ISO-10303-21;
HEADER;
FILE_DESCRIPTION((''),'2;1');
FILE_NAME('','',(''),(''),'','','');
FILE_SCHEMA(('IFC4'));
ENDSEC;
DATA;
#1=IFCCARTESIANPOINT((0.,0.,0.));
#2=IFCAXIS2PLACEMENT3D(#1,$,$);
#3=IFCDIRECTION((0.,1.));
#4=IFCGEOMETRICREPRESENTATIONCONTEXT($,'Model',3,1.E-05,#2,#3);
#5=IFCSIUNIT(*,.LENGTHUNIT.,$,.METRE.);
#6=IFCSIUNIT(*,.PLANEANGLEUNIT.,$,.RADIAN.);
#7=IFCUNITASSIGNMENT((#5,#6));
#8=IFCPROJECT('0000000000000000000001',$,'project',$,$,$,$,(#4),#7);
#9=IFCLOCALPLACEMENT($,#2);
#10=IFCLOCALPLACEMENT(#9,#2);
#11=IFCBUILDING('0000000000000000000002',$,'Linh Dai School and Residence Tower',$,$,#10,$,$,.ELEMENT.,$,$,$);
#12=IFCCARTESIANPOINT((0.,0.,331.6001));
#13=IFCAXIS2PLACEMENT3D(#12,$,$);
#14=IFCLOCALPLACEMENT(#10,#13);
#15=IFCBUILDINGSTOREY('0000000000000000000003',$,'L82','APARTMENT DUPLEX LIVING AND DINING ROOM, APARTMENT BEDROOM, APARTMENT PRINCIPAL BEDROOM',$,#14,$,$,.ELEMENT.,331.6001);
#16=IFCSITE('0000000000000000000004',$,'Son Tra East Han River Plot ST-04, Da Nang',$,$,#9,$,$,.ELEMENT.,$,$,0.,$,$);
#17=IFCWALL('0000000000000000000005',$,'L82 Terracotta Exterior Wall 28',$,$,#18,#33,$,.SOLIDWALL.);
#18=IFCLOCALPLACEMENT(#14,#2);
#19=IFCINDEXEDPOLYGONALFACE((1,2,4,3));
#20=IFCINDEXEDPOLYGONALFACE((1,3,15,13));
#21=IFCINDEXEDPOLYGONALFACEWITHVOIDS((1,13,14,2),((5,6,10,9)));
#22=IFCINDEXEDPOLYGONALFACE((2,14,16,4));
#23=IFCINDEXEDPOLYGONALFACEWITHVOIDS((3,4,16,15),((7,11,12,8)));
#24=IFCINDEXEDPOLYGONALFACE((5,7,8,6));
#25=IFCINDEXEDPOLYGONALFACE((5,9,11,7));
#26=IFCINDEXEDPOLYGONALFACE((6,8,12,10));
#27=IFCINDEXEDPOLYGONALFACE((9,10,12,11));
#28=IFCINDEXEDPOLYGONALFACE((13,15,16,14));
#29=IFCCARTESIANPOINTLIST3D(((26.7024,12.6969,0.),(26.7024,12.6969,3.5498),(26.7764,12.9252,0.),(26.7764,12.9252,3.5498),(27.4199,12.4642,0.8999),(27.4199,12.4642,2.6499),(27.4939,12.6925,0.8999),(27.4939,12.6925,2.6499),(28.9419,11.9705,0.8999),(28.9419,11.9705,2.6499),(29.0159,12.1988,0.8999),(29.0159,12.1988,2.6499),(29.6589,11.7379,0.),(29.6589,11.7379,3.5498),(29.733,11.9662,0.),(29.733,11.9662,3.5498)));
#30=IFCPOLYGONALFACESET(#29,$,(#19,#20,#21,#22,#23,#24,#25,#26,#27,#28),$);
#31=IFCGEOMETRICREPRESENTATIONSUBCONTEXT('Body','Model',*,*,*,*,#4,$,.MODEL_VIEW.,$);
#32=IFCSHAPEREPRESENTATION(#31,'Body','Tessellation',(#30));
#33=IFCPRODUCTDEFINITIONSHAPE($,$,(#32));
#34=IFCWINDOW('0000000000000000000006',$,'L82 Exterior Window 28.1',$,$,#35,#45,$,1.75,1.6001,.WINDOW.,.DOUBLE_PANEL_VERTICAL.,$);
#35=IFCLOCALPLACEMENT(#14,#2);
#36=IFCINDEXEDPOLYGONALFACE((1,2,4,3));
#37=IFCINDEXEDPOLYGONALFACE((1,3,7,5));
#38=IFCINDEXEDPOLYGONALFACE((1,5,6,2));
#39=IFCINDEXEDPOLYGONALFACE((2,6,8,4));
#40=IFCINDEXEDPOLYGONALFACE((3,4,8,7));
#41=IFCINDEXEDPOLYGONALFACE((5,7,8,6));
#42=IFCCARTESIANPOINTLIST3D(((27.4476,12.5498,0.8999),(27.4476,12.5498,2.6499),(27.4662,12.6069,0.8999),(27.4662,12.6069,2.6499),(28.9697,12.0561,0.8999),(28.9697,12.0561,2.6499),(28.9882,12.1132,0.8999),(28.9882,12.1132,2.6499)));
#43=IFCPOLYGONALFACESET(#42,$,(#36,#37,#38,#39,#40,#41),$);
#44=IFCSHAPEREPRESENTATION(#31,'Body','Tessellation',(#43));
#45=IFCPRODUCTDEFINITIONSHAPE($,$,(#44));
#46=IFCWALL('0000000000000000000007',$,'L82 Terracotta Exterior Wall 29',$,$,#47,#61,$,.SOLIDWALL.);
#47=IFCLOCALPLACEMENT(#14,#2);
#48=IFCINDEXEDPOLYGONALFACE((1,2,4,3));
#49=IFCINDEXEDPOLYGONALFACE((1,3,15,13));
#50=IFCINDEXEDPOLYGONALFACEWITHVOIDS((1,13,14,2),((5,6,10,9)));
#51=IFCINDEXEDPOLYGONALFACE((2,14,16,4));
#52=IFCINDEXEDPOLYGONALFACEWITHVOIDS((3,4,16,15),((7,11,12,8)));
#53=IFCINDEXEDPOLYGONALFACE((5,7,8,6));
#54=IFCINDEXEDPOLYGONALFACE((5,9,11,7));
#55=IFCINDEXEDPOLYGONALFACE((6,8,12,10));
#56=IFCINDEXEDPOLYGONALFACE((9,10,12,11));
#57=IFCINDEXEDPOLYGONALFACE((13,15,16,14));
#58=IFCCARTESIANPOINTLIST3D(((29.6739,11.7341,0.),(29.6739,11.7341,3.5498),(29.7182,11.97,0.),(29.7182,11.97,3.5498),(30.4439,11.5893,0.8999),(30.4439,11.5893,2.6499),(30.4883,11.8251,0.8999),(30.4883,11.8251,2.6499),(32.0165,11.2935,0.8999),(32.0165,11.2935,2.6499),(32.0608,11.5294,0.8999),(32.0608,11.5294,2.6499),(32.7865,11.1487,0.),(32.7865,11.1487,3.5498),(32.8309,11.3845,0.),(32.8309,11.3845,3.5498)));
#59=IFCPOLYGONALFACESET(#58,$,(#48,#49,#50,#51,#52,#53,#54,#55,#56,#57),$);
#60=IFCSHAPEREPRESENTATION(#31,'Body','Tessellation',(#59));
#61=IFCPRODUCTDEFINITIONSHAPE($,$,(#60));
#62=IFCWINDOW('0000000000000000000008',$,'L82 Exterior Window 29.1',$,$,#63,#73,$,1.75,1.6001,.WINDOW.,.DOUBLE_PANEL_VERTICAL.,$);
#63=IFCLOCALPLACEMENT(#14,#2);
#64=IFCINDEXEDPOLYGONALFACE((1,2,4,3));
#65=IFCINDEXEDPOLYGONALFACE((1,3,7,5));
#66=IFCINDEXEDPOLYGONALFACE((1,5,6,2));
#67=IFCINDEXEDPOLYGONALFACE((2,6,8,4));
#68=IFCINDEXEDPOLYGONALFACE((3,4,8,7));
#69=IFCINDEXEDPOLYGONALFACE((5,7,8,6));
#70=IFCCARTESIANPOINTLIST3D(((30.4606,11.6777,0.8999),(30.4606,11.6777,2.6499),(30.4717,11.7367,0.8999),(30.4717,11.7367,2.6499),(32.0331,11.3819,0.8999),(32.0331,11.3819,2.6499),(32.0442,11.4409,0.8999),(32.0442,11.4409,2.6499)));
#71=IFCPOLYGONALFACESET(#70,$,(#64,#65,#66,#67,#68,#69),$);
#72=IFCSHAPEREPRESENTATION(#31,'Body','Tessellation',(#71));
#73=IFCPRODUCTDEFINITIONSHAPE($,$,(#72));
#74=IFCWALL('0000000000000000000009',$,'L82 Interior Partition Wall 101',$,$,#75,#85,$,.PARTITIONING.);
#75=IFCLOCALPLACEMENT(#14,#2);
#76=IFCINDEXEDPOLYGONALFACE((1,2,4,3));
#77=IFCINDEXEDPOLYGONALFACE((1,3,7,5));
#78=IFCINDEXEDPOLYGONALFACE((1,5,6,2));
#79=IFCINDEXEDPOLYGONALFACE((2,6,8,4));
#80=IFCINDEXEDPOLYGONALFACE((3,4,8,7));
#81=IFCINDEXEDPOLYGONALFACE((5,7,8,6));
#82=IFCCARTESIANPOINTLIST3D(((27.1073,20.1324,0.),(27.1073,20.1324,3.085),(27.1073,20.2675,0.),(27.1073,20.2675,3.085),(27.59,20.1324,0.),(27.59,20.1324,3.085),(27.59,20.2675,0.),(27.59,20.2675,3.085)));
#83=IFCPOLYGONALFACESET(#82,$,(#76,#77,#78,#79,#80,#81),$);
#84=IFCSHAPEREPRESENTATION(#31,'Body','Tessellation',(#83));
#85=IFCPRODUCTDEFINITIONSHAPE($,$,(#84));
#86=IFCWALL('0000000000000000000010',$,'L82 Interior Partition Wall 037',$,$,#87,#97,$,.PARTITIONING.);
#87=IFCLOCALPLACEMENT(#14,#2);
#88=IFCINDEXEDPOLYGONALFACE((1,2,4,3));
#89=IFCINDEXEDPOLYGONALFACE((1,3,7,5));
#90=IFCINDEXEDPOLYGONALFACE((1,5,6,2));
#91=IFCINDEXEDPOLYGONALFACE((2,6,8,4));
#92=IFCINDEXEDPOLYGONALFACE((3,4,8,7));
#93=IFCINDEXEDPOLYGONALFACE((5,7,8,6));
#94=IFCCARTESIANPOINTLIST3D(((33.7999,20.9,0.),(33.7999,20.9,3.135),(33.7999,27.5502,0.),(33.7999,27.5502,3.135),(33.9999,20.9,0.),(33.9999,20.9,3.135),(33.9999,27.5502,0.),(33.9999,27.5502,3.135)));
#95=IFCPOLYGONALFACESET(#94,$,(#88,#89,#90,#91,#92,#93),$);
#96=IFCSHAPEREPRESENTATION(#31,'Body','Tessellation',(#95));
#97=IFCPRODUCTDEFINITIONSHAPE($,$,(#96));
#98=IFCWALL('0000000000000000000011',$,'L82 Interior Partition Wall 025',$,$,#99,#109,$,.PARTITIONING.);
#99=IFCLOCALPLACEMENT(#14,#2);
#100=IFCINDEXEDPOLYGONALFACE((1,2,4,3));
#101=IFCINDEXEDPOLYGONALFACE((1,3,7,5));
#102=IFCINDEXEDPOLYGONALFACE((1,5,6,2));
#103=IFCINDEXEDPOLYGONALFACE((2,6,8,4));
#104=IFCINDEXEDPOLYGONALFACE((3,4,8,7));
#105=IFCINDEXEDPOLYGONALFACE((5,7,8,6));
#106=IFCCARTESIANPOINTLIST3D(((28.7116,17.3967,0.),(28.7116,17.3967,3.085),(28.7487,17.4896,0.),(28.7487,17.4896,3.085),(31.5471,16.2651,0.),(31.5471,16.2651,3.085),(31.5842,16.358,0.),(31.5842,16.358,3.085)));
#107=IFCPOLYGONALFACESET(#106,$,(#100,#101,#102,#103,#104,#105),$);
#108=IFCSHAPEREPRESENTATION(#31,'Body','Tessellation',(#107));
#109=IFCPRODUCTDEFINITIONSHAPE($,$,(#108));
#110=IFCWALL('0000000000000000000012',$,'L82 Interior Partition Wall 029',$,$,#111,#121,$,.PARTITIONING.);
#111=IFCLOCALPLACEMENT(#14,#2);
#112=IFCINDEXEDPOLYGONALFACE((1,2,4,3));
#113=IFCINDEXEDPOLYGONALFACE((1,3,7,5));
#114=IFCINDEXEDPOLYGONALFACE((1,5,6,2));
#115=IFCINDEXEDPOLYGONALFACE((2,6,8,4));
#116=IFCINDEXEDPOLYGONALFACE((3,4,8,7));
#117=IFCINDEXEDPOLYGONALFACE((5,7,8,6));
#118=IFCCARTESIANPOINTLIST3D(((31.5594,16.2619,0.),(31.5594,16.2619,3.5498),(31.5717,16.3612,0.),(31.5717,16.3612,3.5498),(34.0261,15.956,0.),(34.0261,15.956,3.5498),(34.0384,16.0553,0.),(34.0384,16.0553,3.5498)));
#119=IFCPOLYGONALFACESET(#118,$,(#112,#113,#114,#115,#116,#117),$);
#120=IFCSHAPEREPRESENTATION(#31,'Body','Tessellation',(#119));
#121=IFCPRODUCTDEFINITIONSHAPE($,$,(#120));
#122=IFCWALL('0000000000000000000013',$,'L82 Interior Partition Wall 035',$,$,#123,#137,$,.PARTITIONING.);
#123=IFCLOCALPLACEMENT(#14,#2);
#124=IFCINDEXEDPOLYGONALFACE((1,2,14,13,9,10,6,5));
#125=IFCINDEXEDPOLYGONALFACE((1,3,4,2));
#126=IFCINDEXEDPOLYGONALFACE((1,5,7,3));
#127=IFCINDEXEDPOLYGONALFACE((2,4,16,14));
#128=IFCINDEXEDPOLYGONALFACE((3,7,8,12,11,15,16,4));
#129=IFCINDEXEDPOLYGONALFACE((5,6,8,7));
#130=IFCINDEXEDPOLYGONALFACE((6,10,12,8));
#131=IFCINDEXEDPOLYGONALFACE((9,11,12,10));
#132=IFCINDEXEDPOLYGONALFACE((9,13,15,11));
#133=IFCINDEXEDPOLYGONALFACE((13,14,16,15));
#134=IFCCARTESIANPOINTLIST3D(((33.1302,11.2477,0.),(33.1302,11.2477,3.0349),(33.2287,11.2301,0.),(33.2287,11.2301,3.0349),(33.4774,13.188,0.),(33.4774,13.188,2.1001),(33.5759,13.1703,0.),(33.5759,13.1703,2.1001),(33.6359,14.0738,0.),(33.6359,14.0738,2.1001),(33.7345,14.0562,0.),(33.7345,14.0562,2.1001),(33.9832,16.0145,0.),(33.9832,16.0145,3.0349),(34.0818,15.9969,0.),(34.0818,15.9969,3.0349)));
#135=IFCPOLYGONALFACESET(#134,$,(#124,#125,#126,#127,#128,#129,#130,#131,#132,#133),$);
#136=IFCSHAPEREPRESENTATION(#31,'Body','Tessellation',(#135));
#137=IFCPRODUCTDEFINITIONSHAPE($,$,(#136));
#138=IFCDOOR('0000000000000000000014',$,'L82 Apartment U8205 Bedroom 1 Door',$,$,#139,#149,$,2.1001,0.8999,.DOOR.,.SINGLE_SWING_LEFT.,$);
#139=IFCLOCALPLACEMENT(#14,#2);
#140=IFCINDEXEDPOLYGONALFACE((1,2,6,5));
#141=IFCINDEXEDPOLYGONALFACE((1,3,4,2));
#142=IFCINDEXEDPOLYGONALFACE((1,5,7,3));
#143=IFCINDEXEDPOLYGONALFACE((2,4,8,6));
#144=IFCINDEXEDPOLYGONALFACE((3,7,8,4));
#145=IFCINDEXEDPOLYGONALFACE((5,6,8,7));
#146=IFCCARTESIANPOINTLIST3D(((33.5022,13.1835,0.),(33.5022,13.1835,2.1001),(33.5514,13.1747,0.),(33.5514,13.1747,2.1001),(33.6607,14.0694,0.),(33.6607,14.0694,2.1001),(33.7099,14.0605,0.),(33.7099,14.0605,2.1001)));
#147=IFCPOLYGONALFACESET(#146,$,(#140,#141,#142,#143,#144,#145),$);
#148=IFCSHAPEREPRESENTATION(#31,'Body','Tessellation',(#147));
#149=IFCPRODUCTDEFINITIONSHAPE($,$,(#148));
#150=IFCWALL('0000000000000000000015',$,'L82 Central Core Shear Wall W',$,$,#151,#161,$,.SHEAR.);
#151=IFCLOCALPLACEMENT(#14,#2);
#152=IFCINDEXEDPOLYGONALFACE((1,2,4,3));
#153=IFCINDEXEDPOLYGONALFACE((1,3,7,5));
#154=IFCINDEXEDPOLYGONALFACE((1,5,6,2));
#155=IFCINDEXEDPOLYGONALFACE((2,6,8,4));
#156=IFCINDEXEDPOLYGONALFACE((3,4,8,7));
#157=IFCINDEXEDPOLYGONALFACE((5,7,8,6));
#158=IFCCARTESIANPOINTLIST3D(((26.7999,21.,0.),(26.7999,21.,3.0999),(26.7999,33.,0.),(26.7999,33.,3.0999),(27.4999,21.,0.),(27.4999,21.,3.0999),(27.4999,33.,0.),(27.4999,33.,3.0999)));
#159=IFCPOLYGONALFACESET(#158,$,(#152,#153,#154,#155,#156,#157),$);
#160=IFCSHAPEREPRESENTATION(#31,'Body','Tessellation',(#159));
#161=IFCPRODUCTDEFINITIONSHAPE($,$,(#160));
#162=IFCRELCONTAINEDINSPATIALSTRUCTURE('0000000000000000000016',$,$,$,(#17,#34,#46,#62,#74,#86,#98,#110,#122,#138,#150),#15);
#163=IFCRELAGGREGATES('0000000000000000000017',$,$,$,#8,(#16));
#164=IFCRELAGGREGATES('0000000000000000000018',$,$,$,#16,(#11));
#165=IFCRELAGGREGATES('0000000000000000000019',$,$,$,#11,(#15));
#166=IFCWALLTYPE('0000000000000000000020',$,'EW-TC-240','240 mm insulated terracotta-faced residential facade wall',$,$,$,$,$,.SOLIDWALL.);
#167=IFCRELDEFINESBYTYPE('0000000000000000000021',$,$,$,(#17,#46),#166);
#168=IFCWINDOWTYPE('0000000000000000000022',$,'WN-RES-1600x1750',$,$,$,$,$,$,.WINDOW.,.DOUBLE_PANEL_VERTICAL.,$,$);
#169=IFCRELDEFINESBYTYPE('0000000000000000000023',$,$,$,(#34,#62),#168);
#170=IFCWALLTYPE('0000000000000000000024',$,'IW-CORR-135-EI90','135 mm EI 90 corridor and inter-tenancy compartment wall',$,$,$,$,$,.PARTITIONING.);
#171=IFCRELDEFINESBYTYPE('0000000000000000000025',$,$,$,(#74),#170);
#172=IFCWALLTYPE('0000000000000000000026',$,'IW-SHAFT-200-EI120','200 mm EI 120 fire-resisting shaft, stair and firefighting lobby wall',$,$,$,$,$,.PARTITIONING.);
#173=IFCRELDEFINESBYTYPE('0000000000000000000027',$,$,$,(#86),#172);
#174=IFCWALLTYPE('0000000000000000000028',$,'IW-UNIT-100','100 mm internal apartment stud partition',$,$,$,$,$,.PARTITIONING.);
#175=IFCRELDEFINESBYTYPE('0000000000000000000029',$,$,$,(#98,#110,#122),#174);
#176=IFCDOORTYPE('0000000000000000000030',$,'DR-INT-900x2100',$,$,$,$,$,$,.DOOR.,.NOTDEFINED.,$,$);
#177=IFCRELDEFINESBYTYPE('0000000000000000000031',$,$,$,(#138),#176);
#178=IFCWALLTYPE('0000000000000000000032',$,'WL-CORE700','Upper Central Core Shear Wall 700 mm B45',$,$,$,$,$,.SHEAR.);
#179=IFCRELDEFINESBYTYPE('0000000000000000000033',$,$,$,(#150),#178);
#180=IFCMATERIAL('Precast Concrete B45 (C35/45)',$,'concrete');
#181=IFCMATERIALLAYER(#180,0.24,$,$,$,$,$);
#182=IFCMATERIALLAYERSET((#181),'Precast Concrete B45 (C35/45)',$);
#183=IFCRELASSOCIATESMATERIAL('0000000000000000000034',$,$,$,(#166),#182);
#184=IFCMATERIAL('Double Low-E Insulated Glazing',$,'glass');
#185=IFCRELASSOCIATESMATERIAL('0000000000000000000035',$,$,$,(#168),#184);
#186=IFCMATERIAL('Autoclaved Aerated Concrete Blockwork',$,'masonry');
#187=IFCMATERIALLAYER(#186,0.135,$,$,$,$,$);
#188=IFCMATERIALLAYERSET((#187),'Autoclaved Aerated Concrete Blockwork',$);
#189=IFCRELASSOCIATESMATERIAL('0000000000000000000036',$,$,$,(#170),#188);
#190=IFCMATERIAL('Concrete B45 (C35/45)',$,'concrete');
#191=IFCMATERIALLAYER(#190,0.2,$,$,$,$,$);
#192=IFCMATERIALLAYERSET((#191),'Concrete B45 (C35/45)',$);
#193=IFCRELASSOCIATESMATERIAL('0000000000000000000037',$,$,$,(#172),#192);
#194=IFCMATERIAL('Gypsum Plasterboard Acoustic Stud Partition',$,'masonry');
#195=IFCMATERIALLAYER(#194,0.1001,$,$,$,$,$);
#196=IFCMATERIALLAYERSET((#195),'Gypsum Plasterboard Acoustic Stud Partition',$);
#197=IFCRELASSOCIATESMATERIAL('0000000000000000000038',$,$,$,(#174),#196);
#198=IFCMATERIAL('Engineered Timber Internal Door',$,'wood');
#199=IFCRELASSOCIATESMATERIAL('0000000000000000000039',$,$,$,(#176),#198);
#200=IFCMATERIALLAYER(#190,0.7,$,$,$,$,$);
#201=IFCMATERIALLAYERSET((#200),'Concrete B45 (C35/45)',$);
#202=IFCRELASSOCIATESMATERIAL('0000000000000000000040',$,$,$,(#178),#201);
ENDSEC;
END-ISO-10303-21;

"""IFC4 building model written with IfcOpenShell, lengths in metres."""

from ifc_helpers import new_model, si_unit, direction, frame, frame_2d, origin, origin_2d, place, context, subcontext, project, spatial, rectangle, extrude, source, transform, mapped, material, layer, layer_set, type_object, element, fill, save


model = new_model("IFC4")

# Units and contexts
model_context = context("Model", 3, precision=1e-05, world=origin(), true_north=direction((0.0, 1.0)))
body_context = subcontext(model_context, "Body", "Model", "MODEL_VIEW")
ifc_project = project(units=[si_unit("LENGTHUNIT", "METRE"), si_unit("PLANEANGLEUNIT", "RADIAN")], contexts=[model_context])

# Site, building, storey
site_placement = place(None, origin())
site = spatial("IfcSite", under=ifc_project, at=site_placement, Name="Son Tra East Han River Plot ST-04, Da Nang", CompositionType="ELEMENT", RefElevation=0.0)
building_placement = place(site_placement, origin())
building = spatial("IfcBuilding", under=site, at=building_placement, Name="Linh Dai School and Residence Tower", CompositionType="ELEMENT")
storey_placement = place(building_placement, frame((0.0, 0.0, 331.6001)))
storey = spatial("IfcBuildingStorey", under=building, at=storey_placement, Name="L82", Description="APARTMENT DUPLEX LIVING AND DINING ROOM, APARTMENT BEDROOM, APARTMENT PRINCIPAL BEDROOM", CompositionType="ELEMENT", Elevation=331.6001)

# Shared definitions
ifc_material_1 = material(Name="Concrete B45 (C35/45)", Category="concrete")

# Shared definitions
ifc_material_2 = material(Name="Precast Concrete B45 (C35/45)", Category="concrete")

# Walls, openings, windows
ifc_layer_1 = layer(ifc_material_2, 0.24)
ifc_layer_set_1 = layer_set([ifc_layer_1], Name="Precast Concrete B45 (C35/45)")
wall_type_1 = type_object("IfcWallType", Name="EW-TC-240", Description="240 mm insulated terracotta-faced residential facade wall", PredefinedType="SOLIDWALL", material=ifc_layer_set_1)
wall_1_placement = place(storey_placement, frame((29.696, 11.8521, 0.0), z_axis=(0.0, 0.0, 1.0), x_axis=(-0.951213, 0.308535, 0.0)))
wall_1 = element("IfcWall", 1, at=wall_1_placement, inside=storey, type_object=wall_type_1, Name="L82 Terracotta Exterior Wall 28", PredefinedType="SOLIDWALL", context=body_context, shape_type="SweptSolid", body=[
    extrude(rectangle(XDim=3.1082, YDim=0.24, at=frame_2d((1.5542, 0.0))), origin(), (0.0, 0.0, 1.0), 3.5498),
])
opening_1_placement = place(wall_1_placement, frame((0.7539, 0.0, 0.8999)))
opening_1 = element("IfcOpeningElement", 2, at=opening_1_placement, cuts=wall_1, PredefinedType="OPENING", context=body_context, shape_type="SweptSolid", body=[
    extrude(rectangle(XDim=1.6001, YDim=1.75, at=origin_2d()), frame((0.8, 0.1299, 0.875), z_axis=(0.0, -1.0, 0.0), x_axis=(1.0, 0.0, 0.0)), (0.0, 0.0, 1.0), 0.26),
])
ifc_material_3 = material(Name="Double Low-E Insulated Glazing", Category="glass")
window_type = type_object("IfcWindowType", Name="WN-RES-1600x1750", PartitioningType="DOUBLE_PANEL_VERTICAL", PredefinedType="WINDOW", material=ifc_material_3)
shared_shape_1 = source(origin(), body_context, "Body", "SweptSolid", [
    extrude(rectangle(XDim=1.6001, YDim=1.75, at=origin_2d()), frame((0.8, 0.03, 0.875), z_axis=(0.0, -1.0, 0.0), x_axis=(1.0, 0.0, 0.0)), (0.0, 0.0, 1.0), 0.0601),
])
window_1_placement = place(opening_1_placement, origin())
window_1 = element("IfcWindow", 3, at=window_1_placement, inside=storey, type_object=window_type, Name="L82 Exterior Window 28.1", OverallHeight=1.75, OverallWidth=1.6001, PartitioningType="DOUBLE_PANEL_VERTICAL", PredefinedType="WINDOW", context=body_context, shape_type="MappedRepresentation", body=[
    mapped(shared_shape_1, transform((0.0, 0.0, 0.0), x_axis=(1.0, 0.0, 0.0), y_axis=(0.0, 1.0, 0.0), z_axis=(0.0, 0.0, 1.0), scale=1.0)),
])
fill(opening_1, window_1)
wall_2_placement = place(storey_placement, frame((32.8086, 11.2666, 0.0), z_axis=(0.0, 0.0, 1.0), x_axis=(-0.982766, 0.184852, 0.0)))
wall_2 = element("IfcWall", 4, at=wall_2_placement, inside=storey, type_object=wall_type_1, Name="L82 Terracotta Exterior Wall 29", PredefinedType="SOLIDWALL", context=body_context, shape_type="SweptSolid", body=[
    extrude(rectangle(XDim=3.1672, YDim=0.24, at=frame_2d((1.5835, 0.0))), origin(), (0.0, 0.0, 1.0), 3.5498),
])
opening_2_placement = place(wall_2_placement, frame((0.7834, 0.0, 0.8999)))
opening_2 = element("IfcOpeningElement", 5, at=opening_2_placement, cuts=wall_2, PredefinedType="OPENING", context=body_context, shape_type="SweptSolid", body=[
    extrude(rectangle(XDim=1.6001, YDim=1.75, at=origin_2d()), frame((0.8, 0.1299, 0.875), z_axis=(0.0, -1.0, 0.0), x_axis=(1.0, 0.0, 0.0)), (0.0, 0.0, 1.0), 0.26),
])
window_2_placement = place(opening_2_placement, origin())
window_2 = element("IfcWindow", 6, at=window_2_placement, inside=storey, type_object=window_type, Name="L82 Exterior Window 29.1", OverallHeight=1.75, OverallWidth=1.6001, PartitioningType="DOUBLE_PANEL_VERTICAL", PredefinedType="WINDOW", context=body_context, shape_type="MappedRepresentation", body=[
    mapped(shared_shape_1, transform((0.0, 0.0, 0.0), x_axis=(1.0, 0.0, 0.0), y_axis=(0.0, 1.0, 0.0), z_axis=(0.0, 0.0, 1.0), scale=1.0)),
])
fill(opening_2, window_2)

# Shared definitions
ifc_material_4 = material(Name="Autoclaved Aerated Concrete Blockwork", Category="masonry")
ifc_layer_2 = layer(ifc_material_4, 0.135)
ifc_layer_set_2 = layer_set([ifc_layer_2], Name="Autoclaved Aerated Concrete Blockwork")
wall_type_2 = type_object("IfcWallType", Name="IW-CORR-135-EI90", Description="135 mm EI 90 corridor and inter-tenancy compartment wall", PredefinedType="PARTITIONING", material=ifc_layer_set_2)

# Walls
wall_3_placement = place(storey_placement, frame((27.1074, 20.2, 0.0), z_axis=(0.0, 0.0, 1.0), x_axis=(1.0, 0.0, 0.0)))
element("IfcWall", 7, at=wall_3_placement, inside=storey, type_object=wall_type_2, Name="L82 Interior Partition Wall 101", PredefinedType="PARTITIONING", context=body_context, shape_type="SweptSolid", body=[
    extrude(rectangle(XDim=0.4827, YDim=0.135, at=frame_2d((0.2412, 0.0))), origin(), (0.0, 0.0, 1.0), 3.085),
])
ifc_layer_3 = layer(ifc_material_1, 0.2)
ifc_layer_set_3 = layer_set([ifc_layer_3], Name="Concrete B45 (C35/45)")
wall_type_3 = type_object("IfcWallType", Name="IW-SHAFT-200-EI120", Description="200 mm EI 120 fire-resisting shaft, stair and firefighting lobby wall", PredefinedType="PARTITIONING", material=ifc_layer_set_3)
wall_4_placement = place(storey_placement, frame((33.8999, 20.8999, 0.0), z_axis=(0.0, 0.0, 1.0), x_axis=(0.0, 1.0, 0.0)))
element("IfcWall", 8, at=wall_4_placement, inside=storey, type_object=wall_type_3, Name="L82 Interior Partition Wall 037", PredefinedType="PARTITIONING", context=body_context, shape_type="SweptSolid", body=[
    extrude(rectangle(XDim=6.6501, YDim=0.2, at=frame_2d((3.3252, 0.0))), origin(), (0.0, 0.0, 1.0), 3.135),
])
ifc_material_5 = material(Name="Gypsum Plasterboard Acoustic Stud Partition", Category="masonry")
ifc_layer_4 = layer(ifc_material_5, 0.1001)
ifc_layer_set_4 = layer_set([ifc_layer_4], Name="Gypsum Plasterboard Acoustic Stud Partition")
wall_type_4 = type_object("IfcWallType", Name="IW-UNIT-100", Description="100 mm internal apartment stud partition", PredefinedType="PARTITIONING", material=ifc_layer_set_4)
wall_5_placement = place(storey_placement, frame((28.7302, 17.4431, 0.0), z_axis=(0.0, 0.0, 1.0), x_axis=(0.928769, -0.37066, 0.0)))
element("IfcWall", 9, at=wall_5_placement, inside=storey, type_object=wall_type_4, Name="L82 Interior Partition Wall 025", PredefinedType="PARTITIONING", context=body_context, shape_type="SweptSolid", body=[
    extrude(rectangle(XDim=3.053, YDim=0.1001, at=frame_2d((1.5264, 0.0))), origin(), (0.0, 0.0, 1.0), 3.085),
])
wall_6_placement = place(storey_placement, frame((31.5657, 16.3115, 0.0), z_axis=(0.0, 0.0, 1.0), x_axis=(0.992398, -0.123068, 0.0)))
element("IfcWall", 10, at=wall_6_placement, inside=storey, type_object=wall_type_4, Name="L82 Interior Partition Wall 029", PredefinedType="PARTITIONING", context=body_context, shape_type="SweptSolid", body=[
    extrude(rectangle(XDim=2.4856, YDim=0.1001, at=frame_2d((1.2427, 0.0))), origin(), (0.0, 0.0, 1.0), 3.5498),
])

# Wall, opening, door
wall_7_placement = place(storey_placement, frame((33.1794, 11.2388, 0.0), z_axis=(0.0, 0.0, 1.0), x_axis=(0.176152, 0.984363, 0.0)))
wall_7 = element("IfcWall", 11, at=wall_7_placement, inside=storey, type_object=wall_type_4, Name="L82 Interior Partition Wall 035", PredefinedType="PARTITIONING", context=body_context, shape_type="SweptSolid", body=[
    extrude(rectangle(XDim=4.8425, YDim=0.1001, at=frame_2d((2.4214, 0.0))), origin(), (0.0, 0.0, 1.0), 3.0349),
])
opening_3_placement = place(wall_7_placement, frame((1.9712, 0.0, 0.0)))
opening_3 = element("IfcOpeningElement", 12, at=opening_3_placement, cuts=wall_7, PredefinedType="OPENING", context=body_context, shape_type="SweptSolid", body=[
    extrude(rectangle(XDim=0.8999, YDim=2.1001, at=origin_2d()), frame((0.45, 0.0601, 1.05), z_axis=(0.0, -1.0, 0.0), x_axis=(1.0, 0.0, 0.0)), (0.0, 0.0, 1.0), 0.1201),
])
ifc_material_6 = material(Name="Engineered Timber Internal Door", Category="wood")
door_type_1 = type_object("IfcDoorType", Name="DR-INT-900x2100", OperationType="NOTDEFINED", PredefinedType="DOOR", material=ifc_material_6)
shared_shape_2 = source(origin(), body_context, "Body", "SweptSolid", [
    extrude(rectangle(XDim=0.8999, YDim=2.1001, at=origin_2d()), frame((0.45, 0.0249, 1.05), z_axis=(0.0, -1.0, 0.0), x_axis=(1.0, 0.0, 0.0)), (0.0, 0.0, 1.0), 0.05),
])
door_1_placement = place(opening_3_placement, origin())
door_1 = element("IfcDoor", 13, at=door_1_placement, inside=storey, type_object=door_type_1, Name="L82 Apartment U8205 Bedroom 1 Door", OperationType="SINGLE_SWING_LEFT", OverallHeight=2.1001, OverallWidth=0.8999, PredefinedType="DOOR", context=body_context, shape_type="MappedRepresentation", body=[
    mapped(shared_shape_2, transform((0.0, 0.0, 0.0), x_axis=(1.0, 0.0, 0.0), y_axis=(0.0, 1.0, 0.0), z_axis=(0.0, 0.0, 1.0), scale=1.0)),
])
fill(opening_3, door_1)

# Wall
ifc_layer_5 = layer(ifc_material_1, 0.7)
ifc_layer_set_5 = layer_set([ifc_layer_5], Name="Concrete B45 (C35/45)")
wall_type_5 = type_object("IfcWallType", Name="WL-CORE700", Description="Upper Central Core Shear Wall 700 mm B45", PredefinedType="SHEAR", material=ifc_layer_set_5)
wall_8_placement = place(storey_placement, frame((27.1499, 21.0, 0.0), z_axis=(0.0, 0.0, 1.0), x_axis=(0.0, 1.0, 0.0)))
element("IfcWall", 14, at=wall_8_placement, inside=storey, type_object=wall_type_5, Name="L82 Central Core Shear Wall W", PredefinedType="SHEAR", context=body_context, shape_type="SweptSolid", body=[
    extrude(rectangle(XDim=12.0, YDim=0.7, at=frame_2d((6.0, 0.0))), origin(), (0.0, 0.0, 1.0), 3.0999),
])

save(model, "model.ifc")
